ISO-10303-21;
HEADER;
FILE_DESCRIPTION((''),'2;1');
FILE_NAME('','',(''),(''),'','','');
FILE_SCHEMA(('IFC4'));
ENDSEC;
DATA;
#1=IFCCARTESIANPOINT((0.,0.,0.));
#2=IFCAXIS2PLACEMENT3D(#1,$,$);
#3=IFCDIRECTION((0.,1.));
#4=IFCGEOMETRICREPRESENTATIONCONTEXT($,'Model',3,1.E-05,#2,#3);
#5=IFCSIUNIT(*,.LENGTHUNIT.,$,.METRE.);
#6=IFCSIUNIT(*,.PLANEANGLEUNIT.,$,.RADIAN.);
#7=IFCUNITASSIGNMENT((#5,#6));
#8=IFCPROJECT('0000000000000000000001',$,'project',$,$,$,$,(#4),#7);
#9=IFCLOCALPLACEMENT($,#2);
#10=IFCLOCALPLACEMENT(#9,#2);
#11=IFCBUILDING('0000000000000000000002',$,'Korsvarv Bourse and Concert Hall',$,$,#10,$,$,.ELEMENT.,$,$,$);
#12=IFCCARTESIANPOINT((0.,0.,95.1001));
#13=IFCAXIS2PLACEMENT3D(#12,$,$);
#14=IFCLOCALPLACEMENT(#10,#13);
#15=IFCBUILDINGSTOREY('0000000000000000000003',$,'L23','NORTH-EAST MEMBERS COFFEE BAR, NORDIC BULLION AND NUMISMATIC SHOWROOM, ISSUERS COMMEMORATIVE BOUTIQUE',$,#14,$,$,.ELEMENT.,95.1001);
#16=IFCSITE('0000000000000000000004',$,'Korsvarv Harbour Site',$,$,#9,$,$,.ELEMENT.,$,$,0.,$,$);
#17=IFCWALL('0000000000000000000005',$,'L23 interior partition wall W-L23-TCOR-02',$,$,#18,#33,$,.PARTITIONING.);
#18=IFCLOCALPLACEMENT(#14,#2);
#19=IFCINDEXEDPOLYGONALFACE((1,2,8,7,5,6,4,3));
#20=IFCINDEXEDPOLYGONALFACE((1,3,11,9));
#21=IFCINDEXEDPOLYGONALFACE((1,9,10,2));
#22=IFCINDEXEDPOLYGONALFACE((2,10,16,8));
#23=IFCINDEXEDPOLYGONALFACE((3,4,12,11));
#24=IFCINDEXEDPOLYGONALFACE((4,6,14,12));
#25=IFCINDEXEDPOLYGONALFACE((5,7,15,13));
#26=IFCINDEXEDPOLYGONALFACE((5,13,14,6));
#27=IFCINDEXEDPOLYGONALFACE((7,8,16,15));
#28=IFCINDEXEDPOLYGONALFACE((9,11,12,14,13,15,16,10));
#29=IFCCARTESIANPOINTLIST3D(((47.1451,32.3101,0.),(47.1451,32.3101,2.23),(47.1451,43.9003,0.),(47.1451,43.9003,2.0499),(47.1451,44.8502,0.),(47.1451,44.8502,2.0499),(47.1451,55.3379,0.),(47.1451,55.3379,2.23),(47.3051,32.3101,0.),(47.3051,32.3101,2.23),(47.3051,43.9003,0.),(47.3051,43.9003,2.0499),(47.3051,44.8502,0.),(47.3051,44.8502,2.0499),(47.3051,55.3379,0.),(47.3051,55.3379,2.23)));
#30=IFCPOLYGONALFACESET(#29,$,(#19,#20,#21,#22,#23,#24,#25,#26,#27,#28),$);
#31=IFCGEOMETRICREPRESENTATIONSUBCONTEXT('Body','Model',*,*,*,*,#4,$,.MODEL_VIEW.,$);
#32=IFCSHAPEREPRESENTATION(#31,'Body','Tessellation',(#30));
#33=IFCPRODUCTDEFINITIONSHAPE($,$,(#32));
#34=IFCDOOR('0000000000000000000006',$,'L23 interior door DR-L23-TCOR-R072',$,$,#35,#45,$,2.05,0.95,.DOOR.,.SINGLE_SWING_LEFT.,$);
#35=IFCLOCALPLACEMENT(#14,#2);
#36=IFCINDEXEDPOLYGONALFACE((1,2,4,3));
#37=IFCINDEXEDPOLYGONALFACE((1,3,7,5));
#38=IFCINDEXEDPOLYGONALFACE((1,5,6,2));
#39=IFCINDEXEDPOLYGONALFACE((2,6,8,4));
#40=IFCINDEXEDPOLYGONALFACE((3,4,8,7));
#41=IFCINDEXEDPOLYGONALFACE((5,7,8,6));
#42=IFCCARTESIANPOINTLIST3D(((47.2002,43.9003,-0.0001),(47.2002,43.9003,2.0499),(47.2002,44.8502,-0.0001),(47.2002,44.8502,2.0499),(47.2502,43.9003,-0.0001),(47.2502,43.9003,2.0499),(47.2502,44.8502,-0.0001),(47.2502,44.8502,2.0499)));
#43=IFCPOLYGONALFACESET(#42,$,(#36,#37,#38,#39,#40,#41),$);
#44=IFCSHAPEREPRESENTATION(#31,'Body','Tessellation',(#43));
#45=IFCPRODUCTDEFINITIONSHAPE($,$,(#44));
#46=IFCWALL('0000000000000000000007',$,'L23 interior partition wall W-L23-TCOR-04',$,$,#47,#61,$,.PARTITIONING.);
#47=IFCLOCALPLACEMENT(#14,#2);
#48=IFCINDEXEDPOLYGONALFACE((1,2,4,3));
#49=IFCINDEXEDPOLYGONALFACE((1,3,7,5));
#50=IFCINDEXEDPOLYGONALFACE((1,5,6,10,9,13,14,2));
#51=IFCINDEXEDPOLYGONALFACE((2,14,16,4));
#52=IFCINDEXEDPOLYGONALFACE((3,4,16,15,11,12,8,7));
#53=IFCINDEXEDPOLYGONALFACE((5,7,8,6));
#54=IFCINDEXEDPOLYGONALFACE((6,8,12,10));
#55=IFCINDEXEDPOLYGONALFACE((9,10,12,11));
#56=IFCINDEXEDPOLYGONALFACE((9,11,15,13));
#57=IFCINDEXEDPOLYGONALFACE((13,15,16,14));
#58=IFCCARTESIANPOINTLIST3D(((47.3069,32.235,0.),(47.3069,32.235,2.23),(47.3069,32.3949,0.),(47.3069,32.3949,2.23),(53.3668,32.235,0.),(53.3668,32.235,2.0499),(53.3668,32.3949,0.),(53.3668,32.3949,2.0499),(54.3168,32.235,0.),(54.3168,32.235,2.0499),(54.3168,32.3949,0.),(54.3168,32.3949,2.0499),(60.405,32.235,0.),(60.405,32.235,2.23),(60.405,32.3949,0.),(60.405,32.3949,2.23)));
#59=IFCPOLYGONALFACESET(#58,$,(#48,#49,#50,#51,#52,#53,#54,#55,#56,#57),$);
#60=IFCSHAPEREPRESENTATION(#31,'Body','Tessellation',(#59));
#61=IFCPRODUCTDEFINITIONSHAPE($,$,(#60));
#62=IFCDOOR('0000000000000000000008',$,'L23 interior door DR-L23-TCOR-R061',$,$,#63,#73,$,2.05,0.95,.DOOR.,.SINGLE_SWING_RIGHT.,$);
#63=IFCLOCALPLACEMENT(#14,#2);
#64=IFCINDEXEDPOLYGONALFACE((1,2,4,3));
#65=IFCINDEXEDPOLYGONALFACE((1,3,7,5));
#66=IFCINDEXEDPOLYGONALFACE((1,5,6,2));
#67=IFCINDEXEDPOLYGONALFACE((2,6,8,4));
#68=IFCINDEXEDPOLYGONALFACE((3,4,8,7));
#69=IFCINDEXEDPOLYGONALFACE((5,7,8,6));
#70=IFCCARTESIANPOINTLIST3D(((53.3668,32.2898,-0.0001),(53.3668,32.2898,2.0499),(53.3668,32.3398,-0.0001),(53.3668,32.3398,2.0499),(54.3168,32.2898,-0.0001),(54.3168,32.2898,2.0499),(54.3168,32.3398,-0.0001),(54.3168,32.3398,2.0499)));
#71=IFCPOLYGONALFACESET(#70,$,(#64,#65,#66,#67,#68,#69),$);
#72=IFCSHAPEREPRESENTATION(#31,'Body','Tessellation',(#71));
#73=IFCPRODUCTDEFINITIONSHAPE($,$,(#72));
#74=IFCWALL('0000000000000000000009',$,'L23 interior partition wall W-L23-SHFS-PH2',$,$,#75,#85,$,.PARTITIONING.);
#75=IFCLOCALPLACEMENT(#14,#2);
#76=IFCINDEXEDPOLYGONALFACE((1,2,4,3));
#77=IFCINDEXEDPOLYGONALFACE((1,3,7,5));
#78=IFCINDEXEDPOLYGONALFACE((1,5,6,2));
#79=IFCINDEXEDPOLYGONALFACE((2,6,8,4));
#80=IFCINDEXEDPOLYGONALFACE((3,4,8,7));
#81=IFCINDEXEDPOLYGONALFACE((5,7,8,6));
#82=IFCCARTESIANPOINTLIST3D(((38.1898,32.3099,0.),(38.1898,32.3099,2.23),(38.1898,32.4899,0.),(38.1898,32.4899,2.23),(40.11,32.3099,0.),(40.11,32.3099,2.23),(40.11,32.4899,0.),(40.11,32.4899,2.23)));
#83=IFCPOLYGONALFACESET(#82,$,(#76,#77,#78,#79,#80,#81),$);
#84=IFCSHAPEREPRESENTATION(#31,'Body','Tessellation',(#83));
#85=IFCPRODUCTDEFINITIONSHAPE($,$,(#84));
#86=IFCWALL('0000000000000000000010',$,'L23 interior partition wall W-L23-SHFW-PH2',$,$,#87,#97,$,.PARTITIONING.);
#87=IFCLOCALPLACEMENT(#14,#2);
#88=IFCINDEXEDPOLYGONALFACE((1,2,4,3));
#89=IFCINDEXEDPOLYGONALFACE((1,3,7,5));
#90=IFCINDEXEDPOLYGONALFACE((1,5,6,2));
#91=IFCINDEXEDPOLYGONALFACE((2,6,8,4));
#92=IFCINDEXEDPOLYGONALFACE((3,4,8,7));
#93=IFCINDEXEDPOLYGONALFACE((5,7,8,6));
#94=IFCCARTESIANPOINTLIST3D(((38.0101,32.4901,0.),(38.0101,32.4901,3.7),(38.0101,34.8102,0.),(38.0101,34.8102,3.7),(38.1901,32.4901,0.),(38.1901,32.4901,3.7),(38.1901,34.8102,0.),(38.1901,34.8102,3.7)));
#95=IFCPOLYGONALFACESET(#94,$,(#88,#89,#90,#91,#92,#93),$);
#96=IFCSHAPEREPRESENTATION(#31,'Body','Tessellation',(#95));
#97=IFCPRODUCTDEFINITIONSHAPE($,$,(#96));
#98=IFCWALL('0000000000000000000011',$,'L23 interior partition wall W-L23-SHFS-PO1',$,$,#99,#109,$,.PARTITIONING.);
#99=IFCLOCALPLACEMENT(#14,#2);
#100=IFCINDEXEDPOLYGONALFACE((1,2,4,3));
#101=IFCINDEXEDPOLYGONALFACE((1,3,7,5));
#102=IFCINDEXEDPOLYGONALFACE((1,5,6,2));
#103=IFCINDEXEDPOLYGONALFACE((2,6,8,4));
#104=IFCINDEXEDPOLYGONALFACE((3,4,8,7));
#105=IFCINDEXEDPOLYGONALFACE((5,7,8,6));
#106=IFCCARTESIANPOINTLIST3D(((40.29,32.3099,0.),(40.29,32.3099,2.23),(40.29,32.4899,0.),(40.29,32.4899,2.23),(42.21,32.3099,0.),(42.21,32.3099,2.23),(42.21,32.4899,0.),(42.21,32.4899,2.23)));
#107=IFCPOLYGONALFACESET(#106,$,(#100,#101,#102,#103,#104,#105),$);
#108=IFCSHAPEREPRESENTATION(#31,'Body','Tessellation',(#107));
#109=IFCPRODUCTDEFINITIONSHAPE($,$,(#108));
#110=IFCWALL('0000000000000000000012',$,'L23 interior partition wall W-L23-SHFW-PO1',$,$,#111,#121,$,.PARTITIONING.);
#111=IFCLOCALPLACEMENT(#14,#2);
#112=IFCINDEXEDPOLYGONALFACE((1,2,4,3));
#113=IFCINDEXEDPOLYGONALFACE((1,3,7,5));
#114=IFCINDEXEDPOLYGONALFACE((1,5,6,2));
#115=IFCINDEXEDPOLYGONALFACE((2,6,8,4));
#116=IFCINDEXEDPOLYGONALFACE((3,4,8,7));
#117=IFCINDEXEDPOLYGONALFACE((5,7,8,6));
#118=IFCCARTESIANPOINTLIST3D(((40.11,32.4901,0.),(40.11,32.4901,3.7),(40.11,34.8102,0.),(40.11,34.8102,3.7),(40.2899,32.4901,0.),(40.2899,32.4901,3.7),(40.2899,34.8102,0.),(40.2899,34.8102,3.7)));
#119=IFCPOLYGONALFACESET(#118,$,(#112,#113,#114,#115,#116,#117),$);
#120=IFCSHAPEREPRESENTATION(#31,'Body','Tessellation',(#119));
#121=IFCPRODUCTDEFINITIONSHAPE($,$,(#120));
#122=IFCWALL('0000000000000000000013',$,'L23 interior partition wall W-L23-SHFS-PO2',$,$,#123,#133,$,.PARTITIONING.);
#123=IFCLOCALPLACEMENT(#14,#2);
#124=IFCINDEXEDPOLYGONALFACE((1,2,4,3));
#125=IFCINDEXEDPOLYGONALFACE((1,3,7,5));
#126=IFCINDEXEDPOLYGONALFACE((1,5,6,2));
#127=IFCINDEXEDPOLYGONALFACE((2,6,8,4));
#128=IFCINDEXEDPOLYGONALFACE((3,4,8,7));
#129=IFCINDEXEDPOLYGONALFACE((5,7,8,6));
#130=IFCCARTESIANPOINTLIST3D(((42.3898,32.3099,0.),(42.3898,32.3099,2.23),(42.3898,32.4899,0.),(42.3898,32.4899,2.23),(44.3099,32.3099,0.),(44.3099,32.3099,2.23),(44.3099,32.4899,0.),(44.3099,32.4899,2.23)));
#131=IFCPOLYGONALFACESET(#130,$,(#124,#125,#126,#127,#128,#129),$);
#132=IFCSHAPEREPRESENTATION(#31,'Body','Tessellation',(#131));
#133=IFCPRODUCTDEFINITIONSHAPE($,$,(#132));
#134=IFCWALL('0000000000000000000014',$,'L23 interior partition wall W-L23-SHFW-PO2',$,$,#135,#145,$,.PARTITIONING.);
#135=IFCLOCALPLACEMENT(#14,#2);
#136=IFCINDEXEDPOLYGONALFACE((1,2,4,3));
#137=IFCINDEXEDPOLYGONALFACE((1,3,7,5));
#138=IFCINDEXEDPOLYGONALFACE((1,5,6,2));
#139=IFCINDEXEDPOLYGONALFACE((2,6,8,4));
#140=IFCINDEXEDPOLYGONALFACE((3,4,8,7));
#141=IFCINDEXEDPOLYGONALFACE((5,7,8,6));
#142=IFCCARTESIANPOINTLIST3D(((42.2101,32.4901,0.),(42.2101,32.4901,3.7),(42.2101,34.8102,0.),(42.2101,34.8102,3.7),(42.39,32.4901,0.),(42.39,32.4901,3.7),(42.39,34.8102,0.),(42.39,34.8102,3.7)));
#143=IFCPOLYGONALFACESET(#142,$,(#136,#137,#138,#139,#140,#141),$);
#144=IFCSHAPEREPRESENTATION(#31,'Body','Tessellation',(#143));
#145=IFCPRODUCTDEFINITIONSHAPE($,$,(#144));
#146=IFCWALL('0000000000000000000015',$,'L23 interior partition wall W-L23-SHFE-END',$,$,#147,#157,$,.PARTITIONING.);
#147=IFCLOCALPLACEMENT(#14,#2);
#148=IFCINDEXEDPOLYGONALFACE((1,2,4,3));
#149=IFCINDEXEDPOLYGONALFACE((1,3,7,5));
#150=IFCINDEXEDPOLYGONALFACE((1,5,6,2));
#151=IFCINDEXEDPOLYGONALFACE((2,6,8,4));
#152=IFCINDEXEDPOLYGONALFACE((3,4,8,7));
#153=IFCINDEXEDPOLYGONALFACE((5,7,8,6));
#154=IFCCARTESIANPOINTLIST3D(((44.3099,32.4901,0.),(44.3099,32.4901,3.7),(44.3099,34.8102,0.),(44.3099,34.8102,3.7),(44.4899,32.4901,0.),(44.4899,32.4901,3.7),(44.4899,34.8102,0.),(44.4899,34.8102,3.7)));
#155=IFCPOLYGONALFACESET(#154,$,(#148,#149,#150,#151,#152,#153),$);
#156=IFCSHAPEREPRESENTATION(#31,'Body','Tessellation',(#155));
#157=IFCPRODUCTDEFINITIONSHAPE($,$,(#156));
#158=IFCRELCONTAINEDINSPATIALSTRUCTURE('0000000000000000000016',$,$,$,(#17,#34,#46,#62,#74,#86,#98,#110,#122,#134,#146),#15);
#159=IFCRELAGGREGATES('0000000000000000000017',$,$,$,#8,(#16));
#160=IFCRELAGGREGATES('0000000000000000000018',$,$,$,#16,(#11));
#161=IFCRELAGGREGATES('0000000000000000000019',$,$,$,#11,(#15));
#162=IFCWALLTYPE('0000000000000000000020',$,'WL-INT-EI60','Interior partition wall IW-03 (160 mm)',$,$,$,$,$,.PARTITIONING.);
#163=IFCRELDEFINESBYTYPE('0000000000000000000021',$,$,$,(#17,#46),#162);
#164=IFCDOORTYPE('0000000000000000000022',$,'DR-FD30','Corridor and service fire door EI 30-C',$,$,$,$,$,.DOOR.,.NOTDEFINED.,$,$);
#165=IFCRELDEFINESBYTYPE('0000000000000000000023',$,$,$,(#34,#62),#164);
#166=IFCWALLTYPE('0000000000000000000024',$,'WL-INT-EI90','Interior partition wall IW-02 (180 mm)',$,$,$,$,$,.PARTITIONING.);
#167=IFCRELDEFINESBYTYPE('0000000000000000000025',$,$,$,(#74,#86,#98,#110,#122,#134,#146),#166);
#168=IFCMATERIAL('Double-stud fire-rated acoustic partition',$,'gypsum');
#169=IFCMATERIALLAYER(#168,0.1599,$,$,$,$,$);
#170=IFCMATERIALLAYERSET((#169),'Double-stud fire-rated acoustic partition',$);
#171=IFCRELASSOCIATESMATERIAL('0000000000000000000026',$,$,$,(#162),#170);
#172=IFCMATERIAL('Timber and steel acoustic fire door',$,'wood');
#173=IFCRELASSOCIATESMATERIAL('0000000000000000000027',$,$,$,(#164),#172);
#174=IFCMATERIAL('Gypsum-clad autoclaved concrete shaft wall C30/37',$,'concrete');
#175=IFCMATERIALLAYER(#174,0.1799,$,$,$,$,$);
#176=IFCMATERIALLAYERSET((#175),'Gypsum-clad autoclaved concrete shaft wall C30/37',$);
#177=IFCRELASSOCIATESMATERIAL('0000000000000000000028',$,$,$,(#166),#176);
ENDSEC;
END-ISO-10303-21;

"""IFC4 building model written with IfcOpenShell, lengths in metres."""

from ifc_helpers import new_model, si_unit, direction, frame, frame_2d, origin, place, context, subcontext, project, spatial, rectangle, extrude, material, layer, layer_set, type_object, element, fill, save


model = new_model("IFC4")

# Units and contexts
model_context = context("Model", 3, precision=1e-05, world=origin(), true_north=direction((0.0, 1.0)))
body_context = subcontext(model_context, "Body", "Model", "MODEL_VIEW")
ifc_project = project(units=[si_unit("LENGTHUNIT", "METRE"), si_unit("PLANEANGLEUNIT", "RADIAN")], contexts=[model_context])

# Site, building, storey
site_placement = place(None, origin())
site = spatial("IfcSite", under=ifc_project, at=site_placement, Name="Korsvarv Harbour Site", CompositionType="ELEMENT", RefElevation=0.0)
building_placement = place(site_placement, origin())
building = spatial("IfcBuilding", under=site, at=building_placement, Name="Korsvarv Bourse and Concert Hall", CompositionType="ELEMENT")
storey_placement = place(building_placement, frame((0.0, 0.0, 95.1001)))
storey = spatial("IfcBuildingStorey", under=building, at=storey_placement, Name="L23", Description="NORTH-EAST MEMBERS COFFEE BAR, NORDIC BULLION AND NUMISMATIC SHOWROOM, ISSUERS COMMEMORATIVE BOUTIQUE", CompositionType="ELEMENT", Elevation=95.1001)

# Walls, openings, doors
ifc_material_1 = material(Name="Double-stud fire-rated acoustic partition", Category="gypsum")
ifc_layer_1 = layer(ifc_material_1, 0.1599)
ifc_layer_set_1 = layer_set([ifc_layer_1], Name="Double-stud fire-rated acoustic partition")
wall_type_1 = type_object("IfcWallType", Name="WL-INT-EI60", Description="Interior partition wall IW-03 (160 mm)", PredefinedType="PARTITIONING", material=ifc_layer_set_1)
wall_1_placement = place(storey_placement, frame((47.2251, 32.3101, 0.0), z_axis=(0.0, 0.0, 1.0), x_axis=(0.0, 1.0, 0.0)))
wall_1 = element("IfcWall", 1, at=wall_1_placement, inside=storey, type_object=wall_type_1, Name="L23 interior partition wall W-L23-TCOR-02", PredefinedType="PARTITIONING", context=body_context, shape_type="SweptSolid", body=[
    extrude(rectangle(XDim=23.0278, YDim=0.1599, at=frame_2d((11.5139, 0.0))), origin(), (0.0, 0.0, 1.0), 2.23),
])
opening_1_placement = place(wall_1_placement, frame((11.5901, 0.0, 0.0)))
opening_1 = element("IfcOpeningElement", 2, at=opening_1_placement, cuts=wall_1, PredefinedType="OPENING", context=body_context, shape_type="SweptSolid", body=[
    extrude(rectangle(XDim=0.95, YDim=2.05, at=frame_2d((0.4751, 1.0249))), frame((0.0, 0.0898, 0.0), z_axis=(0.0, -1.0, 0.0), x_axis=(1.0, 0.0, 0.0)), (0.0, 0.0, 1.0), 0.1799),
])
ifc_material_2 = material(Name="Timber and steel acoustic fire door", Category="wood")
door_type = type_object("IfcDoorType", Name="DR-FD30", Description="Corridor and service fire door EI 30-C", OperationType="NOTDEFINED", PredefinedType="DOOR", material=ifc_material_2)
door_1_placement = place(opening_1_placement, origin())
door_1 = element("IfcDoor", 3, at=door_1_placement, inside=storey, type_object=door_type, Name="L23 interior door DR-L23-TCOR-R072", OperationType="SINGLE_SWING_LEFT", OverallHeight=2.05, OverallWidth=0.95, PredefinedType="DOOR", context=body_context, shape_type="SweptSolid", body=[
    extrude(rectangle(XDim=0.95, YDim=2.05, at=frame_2d((0.4751, 1.0249))), frame((0.0, 0.0249, 0.0), z_axis=(0.0, -1.0, 0.0), x_axis=(1.0, 0.0, 0.0)), (0.0, 0.0, 1.0), 0.05),
])
fill(opening_1, door_1)
wall_2_placement = place(storey_placement, frame((47.3069, 32.3149, 0.0), z_axis=(0.0, 0.0, 1.0), x_axis=(1.0, 0.0, 0.0)))
wall_2 = element("IfcWall", 4, at=wall_2_placement, inside=storey, type_object=wall_type_1, Name="L23 interior partition wall W-L23-TCOR-04", PredefinedType="PARTITIONING", context=body_context, shape_type="SweptSolid", body=[
    extrude(rectangle(XDim=13.0981, YDim=0.1599, at=frame_2d((6.5491, 0.0))), origin(), (0.0, 0.0, 1.0), 2.23),
])
opening_2_placement = place(wall_2_placement, frame((6.0598, 0.0, 0.0)))
opening_2 = element("IfcOpeningElement", 5, at=opening_2_placement, cuts=wall_2, PredefinedType="OPENING", context=body_context, shape_type="SweptSolid", body=[
    extrude(rectangle(XDim=0.95, YDim=2.05, at=frame_2d((0.4751, 1.0249))), frame((0.0, 0.0898, 0.0), z_axis=(0.0, -1.0, 0.0), x_axis=(1.0, 0.0, 0.0)), (0.0, 0.0, 1.0), 0.1799),
])
door_2_placement = place(opening_2_placement, origin())
door_2 = element("IfcDoor", 6, at=door_2_placement, inside=storey, type_object=door_type, Name="L23 interior door DR-L23-TCOR-R061", OperationType="SINGLE_SWING_RIGHT", OverallHeight=2.05, OverallWidth=0.95, PredefinedType="DOOR", context=body_context, shape_type="SweptSolid", body=[
    extrude(rectangle(XDim=0.95, YDim=2.05, at=frame_2d((0.4751, 1.0249))), frame((0.0, 0.0249, 0.0), z_axis=(0.0, -1.0, 0.0), x_axis=(1.0, 0.0, 0.0)), (0.0, 0.0, 1.0), 0.05),
])
fill(opening_2, door_2)

# Walls
ifc_material_3 = material(Name="Gypsum-clad autoclaved concrete shaft wall C30/37", Category="concrete")
ifc_layer_2 = layer(ifc_material_3, 0.1799)
ifc_layer_set_2 = layer_set([ifc_layer_2], Name="Gypsum-clad autoclaved concrete shaft wall C30/37")
wall_type_2 = type_object("IfcWallType", Name="WL-INT-EI90", Description="Interior partition wall IW-02 (180 mm)", PredefinedType="PARTITIONING", material=ifc_layer_set_2)
wall_3_placement = place(storey_placement, frame((38.1899, 32.3999, 0.0), z_axis=(0.0, 0.0, 1.0), x_axis=(1.0, 0.0, 0.0)))
element("IfcWall", 7, at=wall_3_placement, inside=storey, type_object=wall_type_2, Name="L23 interior partition wall W-L23-SHFS-PH2", PredefinedType="PARTITIONING", context=body_context, shape_type="SweptSolid", body=[
    extrude(rectangle(XDim=1.9202, YDim=0.1799, at=frame_2d((0.96, 0.0))), origin(), (0.0, 0.0, 1.0), 2.23),
])
wall_4_placement = place(storey_placement, frame((38.1001, 32.49, 0.0), z_axis=(0.0, 0.0, 1.0), x_axis=(0.0, 1.0, 0.0)))
element("IfcWall", 8, at=wall_4_placement, inside=storey, type_object=wall_type_2, Name="L23 interior partition wall W-L23-SHFW-PH2", PredefinedType="PARTITIONING", context=body_context, shape_type="SweptSolid", body=[
    extrude(rectangle(XDim=2.3201, YDim=0.1799, at=frame_2d((1.1602, 0.0))), origin(), (0.0, 0.0, 1.0), 3.7),
])
wall_5_placement = place(storey_placement, frame((40.29, 32.3999, 0.0), z_axis=(0.0, 0.0, 1.0), x_axis=(1.0, 0.0, 0.0)))
element("IfcWall", 9, at=wall_5_placement, inside=storey, type_object=wall_type_2, Name="L23 interior partition wall W-L23-SHFS-PO1", PredefinedType="PARTITIONING", context=body_context, shape_type="SweptSolid", body=[
    extrude(rectangle(XDim=1.9199, YDim=0.1799, at=frame_2d((0.96, 0.0))), origin(), (0.0, 0.0, 1.0), 2.23),
])
wall_6_placement = place(storey_placement, frame((40.2, 32.49, 0.0), z_axis=(0.0, 0.0, 1.0), x_axis=(0.0, 1.0, 0.0)))
element("IfcWall", 10, at=wall_6_placement, inside=storey, type_object=wall_type_2, Name="L23 interior partition wall W-L23-SHFW-PO1", PredefinedType="PARTITIONING", context=body_context, shape_type="SweptSolid", body=[
    extrude(rectangle(XDim=2.3201, YDim=0.1799, at=frame_2d((1.1602, 0.0))), origin(), (0.0, 0.0, 1.0), 3.7),
])
wall_7_placement = place(storey_placement, frame((42.3899, 32.3999, 0.0), z_axis=(0.0, 0.0, 1.0), x_axis=(1.0, 0.0, 0.0)))
element("IfcWall", 11, at=wall_7_placement, inside=storey, type_object=wall_type_2, Name="L23 interior partition wall W-L23-SHFS-PO2", PredefinedType="PARTITIONING", context=body_context, shape_type="SweptSolid", body=[
    extrude(rectangle(XDim=1.9202, YDim=0.1799, at=frame_2d((0.96, 0.0))), origin(), (0.0, 0.0, 1.0), 2.23),
])
for number, where, z_axis, x_axis, name in (
    (12, (42.3, 32.49, 0.0), (0.0, 0.0, 1.0), (0.0, 1.0, 0.0), "L23 interior partition wall W-L23-SHFW-PO2"),
    (13, (44.3999, 32.49, 0.0), (0.0, 0.0, 1.0), (0.0, 1.0, 0.0), "L23 interior partition wall W-L23-SHFE-END"),
):
    element("IfcWall", number, at=place(storey_placement, frame(where, z_axis=z_axis, x_axis=x_axis)), inside=storey, type_object=wall_type_2, Name=name, PredefinedType="PARTITIONING", context=body_context, shape_type="SweptSolid", body=[
        extrude(rectangle(XDim=2.3201, YDim=0.1799, at=frame_2d((1.1602, 0.0))), origin(), (0.0, 0.0, 1.0), 3.7),
    ])

save(model, "model.ifc")
